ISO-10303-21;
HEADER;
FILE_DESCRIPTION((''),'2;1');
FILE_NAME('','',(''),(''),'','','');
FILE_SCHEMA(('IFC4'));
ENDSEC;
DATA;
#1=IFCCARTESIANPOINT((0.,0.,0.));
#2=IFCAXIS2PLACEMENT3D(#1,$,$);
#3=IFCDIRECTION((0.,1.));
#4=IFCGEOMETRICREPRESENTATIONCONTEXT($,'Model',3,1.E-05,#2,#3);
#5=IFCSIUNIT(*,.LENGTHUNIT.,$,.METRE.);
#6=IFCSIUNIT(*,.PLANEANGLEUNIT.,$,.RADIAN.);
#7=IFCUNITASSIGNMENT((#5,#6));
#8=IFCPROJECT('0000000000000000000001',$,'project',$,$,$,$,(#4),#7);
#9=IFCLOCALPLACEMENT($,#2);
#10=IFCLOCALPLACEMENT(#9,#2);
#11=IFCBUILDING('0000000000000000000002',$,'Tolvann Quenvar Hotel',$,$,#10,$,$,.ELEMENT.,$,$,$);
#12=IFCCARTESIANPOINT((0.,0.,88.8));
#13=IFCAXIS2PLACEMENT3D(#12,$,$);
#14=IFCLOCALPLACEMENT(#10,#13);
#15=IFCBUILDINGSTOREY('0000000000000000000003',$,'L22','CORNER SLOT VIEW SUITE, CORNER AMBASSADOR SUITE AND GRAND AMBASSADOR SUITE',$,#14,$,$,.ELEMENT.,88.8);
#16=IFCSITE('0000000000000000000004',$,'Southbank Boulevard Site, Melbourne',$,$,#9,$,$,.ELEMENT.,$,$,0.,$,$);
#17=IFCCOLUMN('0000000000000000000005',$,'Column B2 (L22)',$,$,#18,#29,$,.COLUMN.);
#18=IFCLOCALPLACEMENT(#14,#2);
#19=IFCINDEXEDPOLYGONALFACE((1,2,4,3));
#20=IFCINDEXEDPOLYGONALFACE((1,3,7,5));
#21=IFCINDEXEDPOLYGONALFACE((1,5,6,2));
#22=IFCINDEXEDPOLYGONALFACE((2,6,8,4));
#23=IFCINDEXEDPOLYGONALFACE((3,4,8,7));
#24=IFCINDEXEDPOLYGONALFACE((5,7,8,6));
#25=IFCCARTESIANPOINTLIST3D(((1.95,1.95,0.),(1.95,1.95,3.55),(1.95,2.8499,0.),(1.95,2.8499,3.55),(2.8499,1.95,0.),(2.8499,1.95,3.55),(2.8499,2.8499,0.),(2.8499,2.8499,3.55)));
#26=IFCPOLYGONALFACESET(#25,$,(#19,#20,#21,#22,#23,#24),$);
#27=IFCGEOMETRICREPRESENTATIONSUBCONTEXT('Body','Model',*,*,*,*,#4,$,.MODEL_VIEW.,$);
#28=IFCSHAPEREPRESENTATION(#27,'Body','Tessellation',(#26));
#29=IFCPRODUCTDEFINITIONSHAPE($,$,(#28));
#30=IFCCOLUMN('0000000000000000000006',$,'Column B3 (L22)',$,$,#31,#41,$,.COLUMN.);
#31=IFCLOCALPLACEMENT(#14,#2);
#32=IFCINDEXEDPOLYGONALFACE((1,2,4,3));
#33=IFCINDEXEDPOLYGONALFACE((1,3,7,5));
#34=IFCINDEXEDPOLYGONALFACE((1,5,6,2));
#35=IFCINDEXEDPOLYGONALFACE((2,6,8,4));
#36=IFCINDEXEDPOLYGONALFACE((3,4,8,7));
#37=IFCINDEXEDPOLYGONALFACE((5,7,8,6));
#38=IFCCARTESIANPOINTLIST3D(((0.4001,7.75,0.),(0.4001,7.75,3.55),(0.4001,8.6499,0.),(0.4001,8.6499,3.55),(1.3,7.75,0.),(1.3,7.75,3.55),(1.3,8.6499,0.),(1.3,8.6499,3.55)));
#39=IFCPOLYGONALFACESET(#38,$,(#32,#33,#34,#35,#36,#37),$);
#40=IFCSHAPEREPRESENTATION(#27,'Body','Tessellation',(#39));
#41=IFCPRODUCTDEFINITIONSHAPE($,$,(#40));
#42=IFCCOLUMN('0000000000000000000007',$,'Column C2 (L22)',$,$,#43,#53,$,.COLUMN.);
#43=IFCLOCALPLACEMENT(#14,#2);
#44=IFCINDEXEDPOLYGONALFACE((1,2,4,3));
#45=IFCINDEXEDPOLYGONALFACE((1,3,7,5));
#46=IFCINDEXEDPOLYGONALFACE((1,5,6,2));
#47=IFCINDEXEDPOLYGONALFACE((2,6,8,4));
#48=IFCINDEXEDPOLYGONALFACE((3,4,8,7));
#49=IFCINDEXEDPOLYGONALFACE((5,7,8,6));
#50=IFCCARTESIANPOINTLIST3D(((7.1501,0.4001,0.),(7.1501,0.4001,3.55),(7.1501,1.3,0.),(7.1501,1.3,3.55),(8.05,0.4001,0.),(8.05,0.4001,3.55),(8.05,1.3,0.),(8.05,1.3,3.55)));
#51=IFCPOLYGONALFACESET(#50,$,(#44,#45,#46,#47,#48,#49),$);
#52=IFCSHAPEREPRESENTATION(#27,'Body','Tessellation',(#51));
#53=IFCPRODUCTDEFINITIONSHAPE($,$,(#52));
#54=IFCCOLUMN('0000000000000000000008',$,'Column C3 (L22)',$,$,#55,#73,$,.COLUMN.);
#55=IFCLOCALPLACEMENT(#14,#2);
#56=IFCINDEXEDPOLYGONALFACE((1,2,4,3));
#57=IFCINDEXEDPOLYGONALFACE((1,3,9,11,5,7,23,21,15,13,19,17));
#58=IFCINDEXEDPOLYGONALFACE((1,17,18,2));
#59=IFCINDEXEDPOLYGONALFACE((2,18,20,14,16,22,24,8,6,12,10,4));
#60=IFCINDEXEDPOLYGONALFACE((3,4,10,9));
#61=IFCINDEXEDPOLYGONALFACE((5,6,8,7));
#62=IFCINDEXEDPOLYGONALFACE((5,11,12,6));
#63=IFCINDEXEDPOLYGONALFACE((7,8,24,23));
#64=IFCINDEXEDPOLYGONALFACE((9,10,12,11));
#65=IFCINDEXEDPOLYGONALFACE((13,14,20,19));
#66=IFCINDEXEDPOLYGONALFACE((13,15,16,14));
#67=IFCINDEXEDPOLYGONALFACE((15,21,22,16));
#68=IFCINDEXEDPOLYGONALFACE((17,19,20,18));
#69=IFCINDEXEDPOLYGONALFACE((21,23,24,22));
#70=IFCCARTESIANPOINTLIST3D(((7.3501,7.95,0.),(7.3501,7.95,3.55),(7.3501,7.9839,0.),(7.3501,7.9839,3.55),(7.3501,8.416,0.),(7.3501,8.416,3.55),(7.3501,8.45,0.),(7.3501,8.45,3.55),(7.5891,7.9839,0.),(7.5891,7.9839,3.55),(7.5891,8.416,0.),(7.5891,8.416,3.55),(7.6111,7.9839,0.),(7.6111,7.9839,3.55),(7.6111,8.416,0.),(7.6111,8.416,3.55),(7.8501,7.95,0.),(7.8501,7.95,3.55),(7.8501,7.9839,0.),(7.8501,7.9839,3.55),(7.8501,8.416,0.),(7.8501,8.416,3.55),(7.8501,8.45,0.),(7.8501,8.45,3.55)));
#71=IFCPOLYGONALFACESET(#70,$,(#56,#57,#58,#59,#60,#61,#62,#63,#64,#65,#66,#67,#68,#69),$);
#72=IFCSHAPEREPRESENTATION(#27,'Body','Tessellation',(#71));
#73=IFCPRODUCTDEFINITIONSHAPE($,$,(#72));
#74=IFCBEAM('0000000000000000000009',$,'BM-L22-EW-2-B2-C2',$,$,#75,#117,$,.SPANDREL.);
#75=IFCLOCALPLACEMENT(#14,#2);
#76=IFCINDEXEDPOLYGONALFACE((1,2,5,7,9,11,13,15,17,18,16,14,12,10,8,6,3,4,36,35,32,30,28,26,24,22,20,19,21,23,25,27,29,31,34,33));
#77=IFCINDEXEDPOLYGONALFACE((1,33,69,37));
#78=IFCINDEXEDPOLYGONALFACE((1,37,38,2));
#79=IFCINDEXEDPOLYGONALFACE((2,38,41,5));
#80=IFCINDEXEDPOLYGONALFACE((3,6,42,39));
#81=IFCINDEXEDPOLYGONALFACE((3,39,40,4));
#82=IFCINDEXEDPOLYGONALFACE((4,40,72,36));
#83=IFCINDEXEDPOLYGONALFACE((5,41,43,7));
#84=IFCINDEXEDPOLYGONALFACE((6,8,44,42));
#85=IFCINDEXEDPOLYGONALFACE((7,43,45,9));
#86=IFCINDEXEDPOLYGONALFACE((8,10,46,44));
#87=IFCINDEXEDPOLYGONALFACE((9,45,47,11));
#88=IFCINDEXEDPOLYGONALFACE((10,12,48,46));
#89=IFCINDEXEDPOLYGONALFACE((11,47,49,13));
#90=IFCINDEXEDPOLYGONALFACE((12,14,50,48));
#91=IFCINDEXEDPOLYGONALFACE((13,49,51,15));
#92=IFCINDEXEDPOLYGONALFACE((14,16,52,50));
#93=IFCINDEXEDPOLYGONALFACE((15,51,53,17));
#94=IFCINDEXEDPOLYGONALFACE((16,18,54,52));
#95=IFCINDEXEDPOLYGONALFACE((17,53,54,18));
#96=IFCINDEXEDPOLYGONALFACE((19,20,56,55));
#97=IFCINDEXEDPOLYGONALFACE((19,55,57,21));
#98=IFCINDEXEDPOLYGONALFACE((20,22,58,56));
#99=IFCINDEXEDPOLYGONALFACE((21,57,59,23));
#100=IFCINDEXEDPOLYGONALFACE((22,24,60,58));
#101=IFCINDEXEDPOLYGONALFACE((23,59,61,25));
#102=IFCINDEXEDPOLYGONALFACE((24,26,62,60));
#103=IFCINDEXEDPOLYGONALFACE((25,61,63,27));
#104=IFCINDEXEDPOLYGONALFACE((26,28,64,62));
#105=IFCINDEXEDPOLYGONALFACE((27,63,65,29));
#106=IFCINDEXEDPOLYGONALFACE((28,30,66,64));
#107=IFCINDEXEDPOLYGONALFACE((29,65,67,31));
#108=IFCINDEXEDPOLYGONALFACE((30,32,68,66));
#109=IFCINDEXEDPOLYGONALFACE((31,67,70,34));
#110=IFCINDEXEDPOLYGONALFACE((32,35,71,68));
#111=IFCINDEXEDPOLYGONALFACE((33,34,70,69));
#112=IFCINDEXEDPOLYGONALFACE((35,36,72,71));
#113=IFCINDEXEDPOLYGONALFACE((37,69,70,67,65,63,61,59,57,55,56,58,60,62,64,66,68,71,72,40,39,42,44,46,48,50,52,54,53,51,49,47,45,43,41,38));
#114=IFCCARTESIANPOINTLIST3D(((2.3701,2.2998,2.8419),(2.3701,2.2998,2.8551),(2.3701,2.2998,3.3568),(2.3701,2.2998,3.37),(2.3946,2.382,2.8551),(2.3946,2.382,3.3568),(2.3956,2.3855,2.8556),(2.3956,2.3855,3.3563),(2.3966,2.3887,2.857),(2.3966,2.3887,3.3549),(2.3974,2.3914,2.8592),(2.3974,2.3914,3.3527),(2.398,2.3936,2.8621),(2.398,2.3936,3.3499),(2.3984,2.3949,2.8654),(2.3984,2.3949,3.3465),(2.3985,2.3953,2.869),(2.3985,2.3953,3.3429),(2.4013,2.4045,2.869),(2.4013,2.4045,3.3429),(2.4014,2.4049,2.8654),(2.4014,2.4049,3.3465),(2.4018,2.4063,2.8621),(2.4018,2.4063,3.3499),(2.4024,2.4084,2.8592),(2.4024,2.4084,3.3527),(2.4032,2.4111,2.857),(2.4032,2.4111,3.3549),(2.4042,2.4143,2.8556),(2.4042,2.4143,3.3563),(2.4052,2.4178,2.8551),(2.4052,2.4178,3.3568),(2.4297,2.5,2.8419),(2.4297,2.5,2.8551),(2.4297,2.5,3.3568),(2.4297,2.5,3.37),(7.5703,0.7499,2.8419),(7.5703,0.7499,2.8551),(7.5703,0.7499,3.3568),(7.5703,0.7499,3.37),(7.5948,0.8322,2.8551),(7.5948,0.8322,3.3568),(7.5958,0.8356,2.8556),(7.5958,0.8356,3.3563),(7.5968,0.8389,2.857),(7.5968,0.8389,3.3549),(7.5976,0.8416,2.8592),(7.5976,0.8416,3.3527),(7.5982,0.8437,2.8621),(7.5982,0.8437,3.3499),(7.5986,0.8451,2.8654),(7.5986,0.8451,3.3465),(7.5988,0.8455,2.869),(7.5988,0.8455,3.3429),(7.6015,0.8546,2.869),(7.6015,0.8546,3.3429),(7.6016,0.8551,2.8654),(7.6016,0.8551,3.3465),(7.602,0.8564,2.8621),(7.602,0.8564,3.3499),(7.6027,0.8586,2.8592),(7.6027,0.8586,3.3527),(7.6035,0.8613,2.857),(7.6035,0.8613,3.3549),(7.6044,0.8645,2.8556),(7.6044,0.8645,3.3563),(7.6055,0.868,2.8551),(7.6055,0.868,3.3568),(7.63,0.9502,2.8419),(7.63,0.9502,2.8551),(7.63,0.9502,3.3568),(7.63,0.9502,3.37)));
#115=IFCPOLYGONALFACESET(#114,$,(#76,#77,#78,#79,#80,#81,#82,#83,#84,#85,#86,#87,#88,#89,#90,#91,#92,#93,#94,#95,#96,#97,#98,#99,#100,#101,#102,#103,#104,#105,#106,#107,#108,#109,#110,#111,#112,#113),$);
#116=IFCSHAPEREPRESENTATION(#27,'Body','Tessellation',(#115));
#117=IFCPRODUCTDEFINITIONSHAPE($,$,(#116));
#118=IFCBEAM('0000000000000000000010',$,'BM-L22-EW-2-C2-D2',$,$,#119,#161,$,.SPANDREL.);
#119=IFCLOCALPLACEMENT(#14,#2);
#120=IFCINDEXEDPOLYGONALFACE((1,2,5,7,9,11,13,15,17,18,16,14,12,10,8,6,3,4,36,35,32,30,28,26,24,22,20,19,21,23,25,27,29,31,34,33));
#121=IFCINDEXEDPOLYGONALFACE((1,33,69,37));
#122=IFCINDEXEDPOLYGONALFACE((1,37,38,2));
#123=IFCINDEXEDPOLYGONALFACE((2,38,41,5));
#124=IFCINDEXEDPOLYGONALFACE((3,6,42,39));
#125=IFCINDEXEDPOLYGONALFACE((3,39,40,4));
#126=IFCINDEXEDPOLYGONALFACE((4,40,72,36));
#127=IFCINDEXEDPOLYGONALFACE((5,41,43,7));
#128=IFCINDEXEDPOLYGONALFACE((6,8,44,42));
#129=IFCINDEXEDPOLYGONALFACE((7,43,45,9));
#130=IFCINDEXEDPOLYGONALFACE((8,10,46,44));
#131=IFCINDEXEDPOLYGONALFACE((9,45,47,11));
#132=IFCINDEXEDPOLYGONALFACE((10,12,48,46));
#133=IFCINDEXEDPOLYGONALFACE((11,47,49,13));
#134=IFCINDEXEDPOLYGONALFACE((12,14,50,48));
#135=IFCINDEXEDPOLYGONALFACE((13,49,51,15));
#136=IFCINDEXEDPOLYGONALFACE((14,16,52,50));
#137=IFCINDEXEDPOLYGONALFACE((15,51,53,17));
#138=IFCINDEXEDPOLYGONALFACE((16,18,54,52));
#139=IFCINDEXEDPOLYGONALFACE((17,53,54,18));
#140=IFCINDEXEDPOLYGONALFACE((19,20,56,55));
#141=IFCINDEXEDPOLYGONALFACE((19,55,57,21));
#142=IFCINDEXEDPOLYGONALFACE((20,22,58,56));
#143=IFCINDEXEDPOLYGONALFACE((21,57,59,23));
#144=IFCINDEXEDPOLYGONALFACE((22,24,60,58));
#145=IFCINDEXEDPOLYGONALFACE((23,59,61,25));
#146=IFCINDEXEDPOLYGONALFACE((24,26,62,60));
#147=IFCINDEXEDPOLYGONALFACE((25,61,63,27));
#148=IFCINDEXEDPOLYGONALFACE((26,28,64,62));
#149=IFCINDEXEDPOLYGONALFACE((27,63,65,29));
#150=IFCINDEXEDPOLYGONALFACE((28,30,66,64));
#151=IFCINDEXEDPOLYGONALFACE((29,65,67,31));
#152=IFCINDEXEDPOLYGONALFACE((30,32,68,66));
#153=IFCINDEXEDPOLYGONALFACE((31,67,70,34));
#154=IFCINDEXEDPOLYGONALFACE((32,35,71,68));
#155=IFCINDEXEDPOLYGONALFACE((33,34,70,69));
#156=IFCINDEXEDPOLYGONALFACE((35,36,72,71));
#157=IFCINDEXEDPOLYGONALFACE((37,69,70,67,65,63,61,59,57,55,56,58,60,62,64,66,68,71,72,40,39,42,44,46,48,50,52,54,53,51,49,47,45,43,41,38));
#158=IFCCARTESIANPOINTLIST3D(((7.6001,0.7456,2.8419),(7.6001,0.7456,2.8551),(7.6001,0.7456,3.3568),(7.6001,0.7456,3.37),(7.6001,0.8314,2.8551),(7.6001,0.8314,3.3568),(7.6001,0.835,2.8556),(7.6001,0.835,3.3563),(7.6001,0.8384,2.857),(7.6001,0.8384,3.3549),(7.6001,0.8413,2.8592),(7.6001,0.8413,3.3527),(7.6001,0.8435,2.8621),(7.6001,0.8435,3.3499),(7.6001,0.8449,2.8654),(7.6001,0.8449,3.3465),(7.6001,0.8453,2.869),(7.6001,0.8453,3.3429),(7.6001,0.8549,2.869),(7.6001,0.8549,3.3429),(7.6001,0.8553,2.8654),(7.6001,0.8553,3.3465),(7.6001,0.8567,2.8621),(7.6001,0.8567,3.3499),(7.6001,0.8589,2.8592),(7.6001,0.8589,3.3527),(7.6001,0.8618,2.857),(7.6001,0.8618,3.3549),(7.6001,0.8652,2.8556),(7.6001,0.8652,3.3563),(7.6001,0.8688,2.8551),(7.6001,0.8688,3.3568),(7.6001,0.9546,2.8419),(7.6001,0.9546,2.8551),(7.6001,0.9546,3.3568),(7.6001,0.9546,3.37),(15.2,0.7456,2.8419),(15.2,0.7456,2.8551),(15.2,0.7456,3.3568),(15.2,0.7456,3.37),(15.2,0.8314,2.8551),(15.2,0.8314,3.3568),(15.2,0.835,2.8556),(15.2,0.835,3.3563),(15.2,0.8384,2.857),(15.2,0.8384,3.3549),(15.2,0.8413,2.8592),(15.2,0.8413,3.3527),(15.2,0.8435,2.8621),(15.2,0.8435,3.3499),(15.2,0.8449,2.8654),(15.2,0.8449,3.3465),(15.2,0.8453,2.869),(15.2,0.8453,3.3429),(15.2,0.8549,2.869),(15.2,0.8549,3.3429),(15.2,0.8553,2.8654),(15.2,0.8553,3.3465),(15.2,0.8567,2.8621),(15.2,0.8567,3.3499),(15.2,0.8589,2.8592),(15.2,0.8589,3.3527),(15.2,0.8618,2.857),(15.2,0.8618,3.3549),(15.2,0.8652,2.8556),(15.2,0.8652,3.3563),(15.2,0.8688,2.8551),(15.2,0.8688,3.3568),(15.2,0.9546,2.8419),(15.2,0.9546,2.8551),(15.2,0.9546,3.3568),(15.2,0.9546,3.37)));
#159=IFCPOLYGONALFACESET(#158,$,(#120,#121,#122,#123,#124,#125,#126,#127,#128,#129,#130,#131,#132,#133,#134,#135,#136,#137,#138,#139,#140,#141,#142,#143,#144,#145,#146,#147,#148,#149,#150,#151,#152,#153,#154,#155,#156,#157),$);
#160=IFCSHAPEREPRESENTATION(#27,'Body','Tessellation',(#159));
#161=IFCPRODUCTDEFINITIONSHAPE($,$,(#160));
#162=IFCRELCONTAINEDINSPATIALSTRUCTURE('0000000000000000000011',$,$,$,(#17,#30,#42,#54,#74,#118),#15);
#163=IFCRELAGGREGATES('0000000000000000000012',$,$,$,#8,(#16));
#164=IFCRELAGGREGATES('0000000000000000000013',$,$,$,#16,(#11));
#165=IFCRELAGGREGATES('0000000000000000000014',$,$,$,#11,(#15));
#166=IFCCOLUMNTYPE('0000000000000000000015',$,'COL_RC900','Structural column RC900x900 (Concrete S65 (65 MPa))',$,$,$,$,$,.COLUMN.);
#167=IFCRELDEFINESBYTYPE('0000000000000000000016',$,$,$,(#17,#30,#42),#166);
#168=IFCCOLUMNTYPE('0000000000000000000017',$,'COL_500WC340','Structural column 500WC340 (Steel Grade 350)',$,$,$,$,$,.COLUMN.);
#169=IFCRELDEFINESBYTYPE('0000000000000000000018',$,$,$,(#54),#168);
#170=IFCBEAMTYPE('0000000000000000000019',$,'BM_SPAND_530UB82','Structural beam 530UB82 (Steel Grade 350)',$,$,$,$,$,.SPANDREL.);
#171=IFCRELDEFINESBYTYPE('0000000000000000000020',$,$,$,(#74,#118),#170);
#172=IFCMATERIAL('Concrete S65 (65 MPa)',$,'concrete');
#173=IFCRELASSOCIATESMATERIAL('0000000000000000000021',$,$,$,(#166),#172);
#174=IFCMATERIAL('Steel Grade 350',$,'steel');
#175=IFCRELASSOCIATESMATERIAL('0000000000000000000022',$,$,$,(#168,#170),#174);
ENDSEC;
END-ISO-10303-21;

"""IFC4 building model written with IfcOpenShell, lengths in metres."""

from ifc_helpers import new_model, si_unit, direction, frame, origin, origin_2d, place, context, subcontext, project, spatial, rectangle, i_section, extrude, source, transform, mapped, material, material_profile, profile_set, type_object, type_shapes, element, save


model = new_model("IFC4")

# Units and contexts
model_context = context("Model", 3, precision=1e-05, world=origin(), true_north=direction((0.0, 1.0)))
body_context = subcontext(model_context, "Body", "Model", "MODEL_VIEW")
ifc_project = project(units=[si_unit("LENGTHUNIT", "METRE"), si_unit("PLANEANGLEUNIT", "RADIAN")], contexts=[model_context])

# Site, building, storey
site_placement = place(None, origin())
site = spatial("IfcSite", under=ifc_project, at=site_placement, Name="Southbank Boulevard Site, Melbourne", CompositionType="ELEMENT", RefElevation=0.0)
building_placement = place(site_placement, origin())
building = spatial("IfcBuilding", under=site, at=building_placement, Name="Tolvann Quenvar Hotel", CompositionType="ELEMENT")
storey_placement = place(building_placement, frame((0.0, 0.0, 88.8)))
storey = spatial("IfcBuildingStorey", under=building, at=storey_placement, Name="L22", Description="CORNER SLOT VIEW SUITE, CORNER AMBASSADOR SUITE AND GRAND AMBASSADOR SUITE", CompositionType="ELEMENT", Elevation=88.8)

# Columns
ifc_material_1 = material(Name="Concrete S65 (65 MPa)", Category="concrete")
ifc_material_profile_1 = material_profile(ifc_material_1, rectangle(XDim=0.8999, YDim=0.8999, at=origin_2d()), Name="RC900x900")
ifc_profile_set_1 = profile_set([ifc_material_profile_1], Name="Concrete S65 (65 MPa)")
column_type_1 = type_object("IfcColumnType", Name="COL_RC900", Description="Structural column RC900x900 (Concrete S65 (65 MPa))", PredefinedType="COLUMN", material=ifc_profile_set_1)
shared_shape_1 = source(origin(), body_context, "Body", "SweptSolid", [
    extrude(rectangle(XDim=0.8999, YDim=0.8999, at=origin_2d()), origin(), (0.0, 0.0, 1.0), 3.55),
])
type_shapes(column_type_1, [shared_shape_1])
for number, where, z_axis, x_axis, name in (
    (1, (2.3999, 2.3999, 0.0), (0.0, 0.0, 1.0), (1.0, 0.0, 0.0), "Column B2 (L22)"),
    (2, (0.8501, 8.2, 0.0), (0.0, 0.0, 1.0), (1.0, 0.0, 0.0), "Column B3 (L22)"),
    (3, (7.6001, 0.8501, 0.0), (0.0, 0.0, 1.0), (1.0, 0.0, 0.0), "Column C2 (L22)"),
):
    element("IfcColumn", number, at=place(storey_placement, frame(where, z_axis=z_axis, x_axis=x_axis)), inside=storey, type_object=column_type_1, Name=name, PredefinedType="COLUMN", context=body_context, shape_type="MappedRepresentation", body=[
        mapped(shared_shape_1, transform((0.0, 0.0, 0.0), x_axis=(1.0, 0.0, 0.0), y_axis=(0.0, 1.0, 0.0), z_axis=(0.0, 0.0, 1.0), scale=1.0)),
    ])
ifc_material_2 = material(Name="Steel Grade 350", Category="steel")
ifc_material_profile_2 = material_profile(ifc_material_2, i_section(OverallWidth=0.5, OverallDepth=0.5, WebThickness=0.022, FlangeThickness=0.0339, at=origin_2d()), Name="500WC340")
ifc_profile_set_2 = profile_set([ifc_material_profile_2], Name="Steel Grade 350")
column_type_2 = type_object("IfcColumnType", Name="COL_500WC340", Description="Structural column 500WC340 (Steel Grade 350)", PredefinedType="COLUMN", material=ifc_profile_set_2)
shared_shape_2 = source(origin(), body_context, "Body", "SweptSolid", [
    extrude(i_section(OverallWidth=0.5, OverallDepth=0.5, WebThickness=0.022, FlangeThickness=0.0339, at=origin_2d()), origin(), (0.0, 0.0, 1.0), 3.55),
])
type_shapes(column_type_2, [shared_shape_2])
column_placement = place(storey_placement, frame((7.6001, 8.2, 0.0), z_axis=(0.0, 0.0, 1.0), x_axis=(1.0, 0.0, 0.0)))
element("IfcColumn", 4, at=column_placement, inside=storey, type_object=column_type_2, Name="Column C3 (L22)", PredefinedType="COLUMN", context=body_context, shape_type="MappedRepresentation", body=[
    mapped(shared_shape_2, transform((0.0, 0.0, 0.0), x_axis=(1.0, 0.0, 0.0), y_axis=(0.0, 1.0, 0.0), z_axis=(0.0, 0.0, 1.0), scale=1.0)),
])

# Beams
ifc_material_profile_3 = material_profile(ifc_material_2, i_section(OverallWidth=0.209, OverallDepth=0.5281, WebThickness=0.0095, FlangeThickness=0.0132, FilletRadius=0.0139, at=origin_2d()), Name="530UB82")
ifc_profile_set_3 = profile_set([ifc_material_profile_3], Name="Steel Grade 350")
beam_type_1 = type_object("IfcBeamType", Name="BM_SPAND_530UB82", Description="Structural beam 530UB82 (Steel Grade 350)", PredefinedType="SPANDREL", material=ifc_profile_set_3)
shared_shape_3 = source(origin(), body_context, "Body", "SweptSolid", [
    extrude(i_section(OverallWidth=0.209, OverallDepth=0.5281, WebThickness=0.0095, FlangeThickness=0.0132, FilletRadius=0.0139, at=origin_2d()), origin(), (0.0, 0.0, 1.0), 5.4263),
])
beam_1_placement = place(storey_placement, frame((2.3999, 2.3999, 3.106), z_axis=(0.958345, -0.285614, 0.0), x_axis=(0.285614, 0.958345, 0.0)))
element("IfcBeam", 5, at=beam_1_placement, inside=storey, type_object=beam_type_1, Name="BM-L22-EW-2-B2-C2", PredefinedType="SPANDREL", context=body_context, shape_type="MappedRepresentation", body=[
    mapped(shared_shape_3, transform((0.0, 0.0, 0.0), x_axis=(1.0, 0.0, 0.0), y_axis=(0.0, 1.0, 0.0), z_axis=(0.0, 0.0, 1.0), scale=1.0)),
])
shared_shape_4 = source(origin(), body_context, "Body", "SweptSolid", [
    extrude(i_section(OverallWidth=0.209, OverallDepth=0.5281, WebThickness=0.0095, FlangeThickness=0.0132, FilletRadius=0.0139, at=origin_2d()), origin(), (0.0, 0.0, 1.0), 7.5999),
])
beam_2_placement = place(storey_placement, frame((7.6001, 0.8501, 3.106), z_axis=(1.0, 0.0, 0.0), x_axis=(0.0, 1.0, 0.0)))
element("IfcBeam", 6, at=beam_2_placement, inside=storey, type_object=beam_type_1, Name="BM-L22-EW-2-C2-D2", PredefinedType="SPANDREL", context=body_context, shape_type="MappedRepresentation", body=[
    mapped(shared_shape_4, transform((0.0, 0.0, 0.0), x_axis=(1.0, 0.0, 0.0), y_axis=(0.0, 1.0, 0.0), z_axis=(0.0, 0.0, 1.0), scale=1.0)),
])

save(model, "model.ifc")
